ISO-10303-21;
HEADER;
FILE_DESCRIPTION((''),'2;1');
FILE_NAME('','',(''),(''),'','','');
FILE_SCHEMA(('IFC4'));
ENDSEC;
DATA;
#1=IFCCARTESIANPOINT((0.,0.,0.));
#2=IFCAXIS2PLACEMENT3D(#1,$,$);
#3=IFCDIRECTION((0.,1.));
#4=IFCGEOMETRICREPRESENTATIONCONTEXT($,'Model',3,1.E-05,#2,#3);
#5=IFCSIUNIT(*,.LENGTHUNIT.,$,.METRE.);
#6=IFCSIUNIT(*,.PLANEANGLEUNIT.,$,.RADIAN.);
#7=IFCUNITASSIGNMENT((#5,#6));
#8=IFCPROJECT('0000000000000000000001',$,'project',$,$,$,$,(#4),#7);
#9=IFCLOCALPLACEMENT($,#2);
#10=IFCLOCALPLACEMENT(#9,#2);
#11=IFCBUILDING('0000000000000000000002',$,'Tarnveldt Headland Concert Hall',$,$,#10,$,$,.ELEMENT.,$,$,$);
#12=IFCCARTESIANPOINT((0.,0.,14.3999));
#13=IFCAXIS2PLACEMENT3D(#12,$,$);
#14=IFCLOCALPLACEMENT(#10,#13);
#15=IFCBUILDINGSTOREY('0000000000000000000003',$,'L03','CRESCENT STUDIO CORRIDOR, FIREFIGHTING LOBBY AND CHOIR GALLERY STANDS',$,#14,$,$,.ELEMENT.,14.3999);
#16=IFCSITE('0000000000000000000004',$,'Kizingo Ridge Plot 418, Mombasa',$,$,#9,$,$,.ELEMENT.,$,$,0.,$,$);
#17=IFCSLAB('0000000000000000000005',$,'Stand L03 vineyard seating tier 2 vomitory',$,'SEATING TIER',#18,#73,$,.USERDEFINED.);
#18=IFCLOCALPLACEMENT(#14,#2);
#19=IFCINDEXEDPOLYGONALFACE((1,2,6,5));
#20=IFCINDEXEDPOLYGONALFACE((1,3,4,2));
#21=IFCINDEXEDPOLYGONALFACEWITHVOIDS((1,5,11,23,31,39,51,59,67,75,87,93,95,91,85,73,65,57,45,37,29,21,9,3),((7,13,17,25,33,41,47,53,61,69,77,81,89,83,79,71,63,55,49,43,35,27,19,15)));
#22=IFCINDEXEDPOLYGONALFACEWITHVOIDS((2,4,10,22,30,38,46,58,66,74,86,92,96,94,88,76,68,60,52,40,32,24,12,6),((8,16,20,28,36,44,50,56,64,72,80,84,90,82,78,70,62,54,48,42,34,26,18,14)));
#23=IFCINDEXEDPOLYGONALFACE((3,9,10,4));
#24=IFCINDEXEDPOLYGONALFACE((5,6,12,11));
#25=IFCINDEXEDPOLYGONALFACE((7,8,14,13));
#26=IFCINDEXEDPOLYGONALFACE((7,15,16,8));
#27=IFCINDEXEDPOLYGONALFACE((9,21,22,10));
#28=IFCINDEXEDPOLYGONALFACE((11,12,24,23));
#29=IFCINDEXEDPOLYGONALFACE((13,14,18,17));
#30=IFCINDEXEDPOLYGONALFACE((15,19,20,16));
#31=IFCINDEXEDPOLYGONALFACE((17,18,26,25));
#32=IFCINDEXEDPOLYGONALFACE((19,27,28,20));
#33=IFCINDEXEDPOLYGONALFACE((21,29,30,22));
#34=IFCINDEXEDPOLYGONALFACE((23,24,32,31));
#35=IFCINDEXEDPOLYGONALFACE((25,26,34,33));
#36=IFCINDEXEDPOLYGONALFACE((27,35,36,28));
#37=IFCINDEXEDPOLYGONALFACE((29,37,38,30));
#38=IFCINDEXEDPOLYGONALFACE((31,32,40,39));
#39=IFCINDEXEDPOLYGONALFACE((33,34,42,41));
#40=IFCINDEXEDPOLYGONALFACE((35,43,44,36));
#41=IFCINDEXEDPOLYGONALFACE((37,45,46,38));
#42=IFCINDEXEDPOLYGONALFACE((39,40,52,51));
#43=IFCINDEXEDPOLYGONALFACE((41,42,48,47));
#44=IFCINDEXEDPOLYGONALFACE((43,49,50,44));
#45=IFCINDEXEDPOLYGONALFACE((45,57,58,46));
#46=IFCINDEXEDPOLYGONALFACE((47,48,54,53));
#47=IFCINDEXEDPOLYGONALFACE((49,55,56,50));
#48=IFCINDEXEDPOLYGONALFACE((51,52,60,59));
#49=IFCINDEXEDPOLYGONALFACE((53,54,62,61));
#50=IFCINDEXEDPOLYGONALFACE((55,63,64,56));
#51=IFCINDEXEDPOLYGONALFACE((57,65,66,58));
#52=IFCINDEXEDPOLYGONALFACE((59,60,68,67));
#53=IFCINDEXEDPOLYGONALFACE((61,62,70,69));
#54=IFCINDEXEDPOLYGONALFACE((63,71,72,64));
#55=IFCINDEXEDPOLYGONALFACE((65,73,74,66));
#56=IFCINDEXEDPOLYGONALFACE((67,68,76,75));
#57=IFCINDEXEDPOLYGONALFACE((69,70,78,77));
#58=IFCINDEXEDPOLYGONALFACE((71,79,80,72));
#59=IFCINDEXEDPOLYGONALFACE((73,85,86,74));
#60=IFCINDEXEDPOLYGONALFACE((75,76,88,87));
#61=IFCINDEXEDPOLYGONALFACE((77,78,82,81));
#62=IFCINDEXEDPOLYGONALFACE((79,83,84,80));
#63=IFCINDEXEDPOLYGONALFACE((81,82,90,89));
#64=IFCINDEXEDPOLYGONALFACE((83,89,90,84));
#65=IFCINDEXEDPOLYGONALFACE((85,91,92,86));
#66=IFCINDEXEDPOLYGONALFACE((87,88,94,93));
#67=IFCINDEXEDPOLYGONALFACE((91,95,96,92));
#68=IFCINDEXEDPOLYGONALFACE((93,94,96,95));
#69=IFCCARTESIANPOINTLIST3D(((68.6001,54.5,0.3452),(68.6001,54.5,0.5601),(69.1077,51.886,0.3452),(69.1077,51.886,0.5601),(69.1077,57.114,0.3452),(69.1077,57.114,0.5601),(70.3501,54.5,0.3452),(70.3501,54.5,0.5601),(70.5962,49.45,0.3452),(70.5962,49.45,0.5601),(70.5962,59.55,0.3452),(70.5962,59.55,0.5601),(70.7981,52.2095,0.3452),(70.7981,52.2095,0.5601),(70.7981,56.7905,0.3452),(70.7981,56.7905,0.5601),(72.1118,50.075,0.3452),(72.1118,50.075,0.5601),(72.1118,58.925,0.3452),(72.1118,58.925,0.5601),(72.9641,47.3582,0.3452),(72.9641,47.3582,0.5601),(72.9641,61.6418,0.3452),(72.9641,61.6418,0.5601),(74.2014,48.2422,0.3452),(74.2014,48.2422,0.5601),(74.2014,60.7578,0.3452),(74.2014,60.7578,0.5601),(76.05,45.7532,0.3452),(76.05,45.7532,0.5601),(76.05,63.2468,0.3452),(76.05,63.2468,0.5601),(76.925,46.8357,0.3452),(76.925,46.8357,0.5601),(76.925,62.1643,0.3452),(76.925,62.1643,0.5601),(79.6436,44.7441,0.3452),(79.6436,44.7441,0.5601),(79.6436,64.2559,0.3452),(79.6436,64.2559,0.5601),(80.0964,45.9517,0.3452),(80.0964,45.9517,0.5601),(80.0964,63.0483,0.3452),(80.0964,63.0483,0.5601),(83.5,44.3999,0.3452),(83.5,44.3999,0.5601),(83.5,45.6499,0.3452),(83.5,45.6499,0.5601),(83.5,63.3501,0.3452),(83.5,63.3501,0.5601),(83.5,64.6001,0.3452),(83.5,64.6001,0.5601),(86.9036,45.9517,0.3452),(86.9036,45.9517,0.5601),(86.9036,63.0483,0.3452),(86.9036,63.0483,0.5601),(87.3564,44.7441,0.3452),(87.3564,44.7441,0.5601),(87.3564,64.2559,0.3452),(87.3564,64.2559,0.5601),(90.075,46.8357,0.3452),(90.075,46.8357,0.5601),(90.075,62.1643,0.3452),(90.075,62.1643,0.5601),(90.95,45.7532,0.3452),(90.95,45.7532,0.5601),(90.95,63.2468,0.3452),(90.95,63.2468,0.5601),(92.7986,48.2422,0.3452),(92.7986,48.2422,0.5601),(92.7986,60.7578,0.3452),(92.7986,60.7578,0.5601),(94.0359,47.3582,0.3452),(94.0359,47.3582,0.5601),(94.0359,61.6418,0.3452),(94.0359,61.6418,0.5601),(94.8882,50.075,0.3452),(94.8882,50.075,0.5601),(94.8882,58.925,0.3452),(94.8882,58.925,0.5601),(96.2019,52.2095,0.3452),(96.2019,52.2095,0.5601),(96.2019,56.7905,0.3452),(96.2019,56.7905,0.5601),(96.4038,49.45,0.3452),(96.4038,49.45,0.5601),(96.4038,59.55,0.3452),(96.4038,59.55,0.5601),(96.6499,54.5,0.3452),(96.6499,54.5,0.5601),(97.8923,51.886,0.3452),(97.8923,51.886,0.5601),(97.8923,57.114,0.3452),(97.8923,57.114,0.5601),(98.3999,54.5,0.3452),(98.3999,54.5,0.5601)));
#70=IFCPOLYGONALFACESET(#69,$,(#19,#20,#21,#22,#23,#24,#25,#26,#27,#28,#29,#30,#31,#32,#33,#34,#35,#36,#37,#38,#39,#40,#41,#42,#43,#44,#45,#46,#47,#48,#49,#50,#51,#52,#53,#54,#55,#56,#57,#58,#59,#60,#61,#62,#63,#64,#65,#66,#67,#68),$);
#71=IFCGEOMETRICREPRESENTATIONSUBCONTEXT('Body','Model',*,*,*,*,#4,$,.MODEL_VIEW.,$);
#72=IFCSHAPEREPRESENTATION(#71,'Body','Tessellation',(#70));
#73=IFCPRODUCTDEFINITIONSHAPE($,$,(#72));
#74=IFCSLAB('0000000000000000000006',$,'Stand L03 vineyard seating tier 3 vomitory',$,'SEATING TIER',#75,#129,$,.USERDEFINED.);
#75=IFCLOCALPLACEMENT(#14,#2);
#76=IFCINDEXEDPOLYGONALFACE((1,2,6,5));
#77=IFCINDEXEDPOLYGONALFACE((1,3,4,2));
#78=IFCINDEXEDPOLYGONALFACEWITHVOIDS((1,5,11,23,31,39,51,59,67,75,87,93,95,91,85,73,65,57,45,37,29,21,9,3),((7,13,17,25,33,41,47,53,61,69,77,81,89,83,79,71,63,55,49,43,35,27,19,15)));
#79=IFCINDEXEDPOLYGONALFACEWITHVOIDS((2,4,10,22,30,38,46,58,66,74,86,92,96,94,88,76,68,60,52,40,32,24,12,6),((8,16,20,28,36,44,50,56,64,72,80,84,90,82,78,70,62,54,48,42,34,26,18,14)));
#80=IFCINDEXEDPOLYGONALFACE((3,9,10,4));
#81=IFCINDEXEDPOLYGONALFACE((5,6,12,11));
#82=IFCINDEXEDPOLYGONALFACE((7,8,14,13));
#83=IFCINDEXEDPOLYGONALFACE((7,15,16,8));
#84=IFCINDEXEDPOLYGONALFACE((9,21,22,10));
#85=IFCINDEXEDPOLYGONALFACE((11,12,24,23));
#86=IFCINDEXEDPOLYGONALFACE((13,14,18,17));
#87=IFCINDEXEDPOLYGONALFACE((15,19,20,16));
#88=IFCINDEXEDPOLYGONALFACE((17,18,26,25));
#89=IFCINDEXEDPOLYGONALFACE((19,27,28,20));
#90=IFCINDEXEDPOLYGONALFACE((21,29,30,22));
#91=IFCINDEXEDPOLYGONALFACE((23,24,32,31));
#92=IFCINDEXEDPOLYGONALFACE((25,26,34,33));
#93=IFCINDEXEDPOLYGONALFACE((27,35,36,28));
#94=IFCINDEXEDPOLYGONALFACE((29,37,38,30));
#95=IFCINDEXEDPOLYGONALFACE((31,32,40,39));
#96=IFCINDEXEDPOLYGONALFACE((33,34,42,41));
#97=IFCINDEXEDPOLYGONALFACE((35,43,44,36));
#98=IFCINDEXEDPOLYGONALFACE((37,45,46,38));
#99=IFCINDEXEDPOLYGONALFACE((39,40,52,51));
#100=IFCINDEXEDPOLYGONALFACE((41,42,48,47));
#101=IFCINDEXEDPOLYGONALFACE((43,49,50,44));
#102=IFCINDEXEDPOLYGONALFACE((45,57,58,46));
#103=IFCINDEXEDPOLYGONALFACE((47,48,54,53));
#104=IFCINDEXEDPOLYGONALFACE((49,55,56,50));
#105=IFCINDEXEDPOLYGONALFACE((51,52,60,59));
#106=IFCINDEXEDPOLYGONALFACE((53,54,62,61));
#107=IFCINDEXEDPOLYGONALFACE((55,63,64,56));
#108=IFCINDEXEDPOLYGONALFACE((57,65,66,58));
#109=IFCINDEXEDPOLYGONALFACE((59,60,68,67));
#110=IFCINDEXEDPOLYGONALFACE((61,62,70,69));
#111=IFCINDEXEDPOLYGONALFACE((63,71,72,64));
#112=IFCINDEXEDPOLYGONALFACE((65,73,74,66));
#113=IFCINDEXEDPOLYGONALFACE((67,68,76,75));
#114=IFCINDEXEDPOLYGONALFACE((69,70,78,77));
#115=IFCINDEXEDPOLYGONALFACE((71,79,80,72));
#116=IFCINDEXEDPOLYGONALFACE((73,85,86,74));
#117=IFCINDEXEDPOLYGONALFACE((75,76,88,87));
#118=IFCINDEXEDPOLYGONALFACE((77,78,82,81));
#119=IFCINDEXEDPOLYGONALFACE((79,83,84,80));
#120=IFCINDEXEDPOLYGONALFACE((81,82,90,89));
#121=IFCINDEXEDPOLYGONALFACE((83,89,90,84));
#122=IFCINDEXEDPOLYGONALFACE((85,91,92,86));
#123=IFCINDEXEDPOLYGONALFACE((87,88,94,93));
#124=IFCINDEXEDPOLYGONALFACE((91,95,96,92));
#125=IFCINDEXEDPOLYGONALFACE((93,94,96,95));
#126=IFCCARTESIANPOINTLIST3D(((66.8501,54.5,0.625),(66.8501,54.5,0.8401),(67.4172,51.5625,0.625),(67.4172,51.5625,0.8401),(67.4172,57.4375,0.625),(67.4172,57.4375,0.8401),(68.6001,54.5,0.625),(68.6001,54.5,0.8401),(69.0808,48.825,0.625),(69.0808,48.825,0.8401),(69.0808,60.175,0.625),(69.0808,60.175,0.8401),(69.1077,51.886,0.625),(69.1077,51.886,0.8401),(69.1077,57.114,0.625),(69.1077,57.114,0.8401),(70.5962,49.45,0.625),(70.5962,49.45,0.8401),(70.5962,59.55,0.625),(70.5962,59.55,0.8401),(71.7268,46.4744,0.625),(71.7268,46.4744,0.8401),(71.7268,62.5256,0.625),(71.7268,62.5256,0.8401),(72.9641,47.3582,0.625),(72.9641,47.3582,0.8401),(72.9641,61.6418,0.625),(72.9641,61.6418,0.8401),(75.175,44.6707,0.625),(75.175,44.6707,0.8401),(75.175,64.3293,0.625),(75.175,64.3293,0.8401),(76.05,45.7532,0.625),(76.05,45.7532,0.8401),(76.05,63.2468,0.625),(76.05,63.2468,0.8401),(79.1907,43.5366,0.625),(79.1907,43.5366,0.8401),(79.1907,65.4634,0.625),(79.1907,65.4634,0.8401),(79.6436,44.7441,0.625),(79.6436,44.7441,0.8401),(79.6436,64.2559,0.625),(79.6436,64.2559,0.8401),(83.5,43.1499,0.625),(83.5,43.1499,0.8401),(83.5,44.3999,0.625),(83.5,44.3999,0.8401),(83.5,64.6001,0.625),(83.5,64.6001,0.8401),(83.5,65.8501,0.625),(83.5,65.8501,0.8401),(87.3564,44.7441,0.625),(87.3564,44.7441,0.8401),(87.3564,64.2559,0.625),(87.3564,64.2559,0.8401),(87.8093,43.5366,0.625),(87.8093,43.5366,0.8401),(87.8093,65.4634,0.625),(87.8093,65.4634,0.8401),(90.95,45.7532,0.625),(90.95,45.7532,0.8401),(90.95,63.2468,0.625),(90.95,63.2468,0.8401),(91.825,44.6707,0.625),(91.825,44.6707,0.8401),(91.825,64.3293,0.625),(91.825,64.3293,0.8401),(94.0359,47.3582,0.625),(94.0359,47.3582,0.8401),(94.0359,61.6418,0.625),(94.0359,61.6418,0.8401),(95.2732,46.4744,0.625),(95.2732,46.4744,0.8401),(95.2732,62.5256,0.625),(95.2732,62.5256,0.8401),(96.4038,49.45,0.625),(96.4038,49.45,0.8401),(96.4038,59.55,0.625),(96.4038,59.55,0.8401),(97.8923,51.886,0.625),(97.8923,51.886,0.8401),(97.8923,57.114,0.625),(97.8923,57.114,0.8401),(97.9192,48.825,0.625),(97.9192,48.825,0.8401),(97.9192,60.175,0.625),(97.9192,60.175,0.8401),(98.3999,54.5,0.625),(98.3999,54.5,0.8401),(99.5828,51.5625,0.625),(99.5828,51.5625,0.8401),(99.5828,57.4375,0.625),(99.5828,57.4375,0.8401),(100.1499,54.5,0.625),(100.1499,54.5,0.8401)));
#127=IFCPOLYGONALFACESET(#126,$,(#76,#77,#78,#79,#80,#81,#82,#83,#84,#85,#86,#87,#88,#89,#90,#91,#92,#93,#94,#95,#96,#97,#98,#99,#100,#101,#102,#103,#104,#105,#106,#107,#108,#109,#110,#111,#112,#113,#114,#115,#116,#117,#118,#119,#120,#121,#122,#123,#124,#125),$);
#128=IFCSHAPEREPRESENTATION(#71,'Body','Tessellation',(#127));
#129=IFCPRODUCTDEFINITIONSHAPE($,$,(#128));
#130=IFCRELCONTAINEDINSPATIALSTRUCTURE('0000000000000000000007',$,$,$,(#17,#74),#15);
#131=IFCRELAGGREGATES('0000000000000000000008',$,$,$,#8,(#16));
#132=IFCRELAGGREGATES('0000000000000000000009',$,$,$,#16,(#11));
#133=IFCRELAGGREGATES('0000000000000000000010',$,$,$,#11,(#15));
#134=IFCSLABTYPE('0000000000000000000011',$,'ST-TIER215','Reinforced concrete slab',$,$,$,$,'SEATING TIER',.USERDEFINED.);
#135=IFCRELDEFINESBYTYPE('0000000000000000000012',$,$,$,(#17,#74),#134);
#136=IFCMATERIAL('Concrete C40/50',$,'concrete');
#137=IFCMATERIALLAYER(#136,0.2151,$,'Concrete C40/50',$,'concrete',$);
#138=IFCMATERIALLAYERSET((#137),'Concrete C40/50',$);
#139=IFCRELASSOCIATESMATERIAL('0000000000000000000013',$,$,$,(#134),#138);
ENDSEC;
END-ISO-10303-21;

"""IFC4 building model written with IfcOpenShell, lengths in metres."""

from ifc_helpers import new_model, si_unit, direction, frame, origin, place, context, subcontext, project, spatial, polyline, outline, extrude, material, layer, layer_set, type_object, element, save


model = new_model("IFC4")

# Units and contexts
model_context = context("Model", 3, precision=1e-05, world=origin(), true_north=direction((0.0, 1.0)))
body_context = subcontext(model_context, "Body", "Model", "MODEL_VIEW")
ifc_project = project(units=[si_unit("LENGTHUNIT", "METRE"), si_unit("PLANEANGLEUNIT", "RADIAN")], contexts=[model_context])

# Site, building, storey
site_placement = place(None, origin())
site = spatial("IfcSite", under=ifc_project, at=site_placement, Name="Kizingo Ridge Plot 418, Mombasa", CompositionType="ELEMENT", RefElevation=0.0)
building_placement = place(site_placement, origin())
building = spatial("IfcBuilding", under=site, at=building_placement, Name="Tarnveldt Headland Concert Hall", CompositionType="ELEMENT")
storey_placement = place(building_placement, frame((0.0, 0.0, 14.3999)))
storey = spatial("IfcBuildingStorey", under=building, at=storey_placement, Name="L03", Description="CRESCENT STUDIO CORRIDOR, FIREFIGHTING LOBBY AND CHOIR GALLERY STANDS", CompositionType="ELEMENT", Elevation=14.3999)

# Shared definitions
ifc_material_1 = material(Name="Concrete C40/50", Category="concrete")

# Slabs
ifc_layer_1 = layer(ifc_material_1, 0.2151, Name="Concrete C40/50", Category="concrete")
ifc_layer_set_1 = layer_set([ifc_layer_1], Name="Concrete C40/50")
slab_type_1 = type_object("IfcSlabType", Name="ST-TIER215", Description="Reinforced concrete slab", ElementType="SEATING TIER", PredefinedType="USERDEFINED", material=ifc_layer_set_1)
slab_1_placement = place(storey_placement, frame((0.0, 0.0, 0.3452)))
element("IfcSlab", 1, at=slab_1_placement, inside=storey, type_object=slab_type_1, Name="Stand L03 vineyard seating tier 2 vomitory", ObjectType="SEATING TIER", PredefinedType="USERDEFINED", context=body_context, shape_type="SweptSolid", body=[
    extrude(outline(polyline([(98.3999, 54.5), (97.8923, 57.114), (96.4038, 59.55), (94.0359, 61.6418), (90.95, 63.2468), (87.3564, 64.2559), (83.5, 64.6001), (79.6436, 64.2559), (76.05, 63.2468), (72.9641, 61.6418), (70.5962, 59.55), (69.1077, 57.114), (68.6001, 54.5), (69.1077, 51.886), (70.5962, 49.45), (72.9641, 47.3582), (76.05, 45.7532), (79.6436, 44.7441), (83.5, 44.3999), (87.3564, 44.7441), (90.95, 45.7532), (94.0359, 47.3582), (96.4038, 49.45), (97.8923, 51.886), (98.3999, 54.5)]), holes=[polyline([(96.2019, 52.2095), (94.8882, 50.075), (92.7986, 48.2422), (90.075, 46.8357), (86.9036, 45.9517), (83.5, 45.6499), (80.0964, 45.9517), (76.925, 46.8357), (74.2014, 48.2422), (72.1118, 50.075), (70.7981, 52.2095), (70.3501, 54.5), (70.7981, 56.7905), (72.1118, 58.925), (74.2014, 60.7578), (76.925, 62.1643), (80.0964, 63.0483), (83.5, 63.3501), (86.9036, 63.0483), (90.075, 62.1643), (92.7986, 60.7578), (94.8882, 58.925), (96.2019, 56.7905), (96.6499, 54.5), (96.2019, 52.2095)])]), origin(), (0.0, 0.0, 1.0), 0.2148),
])
slab_2_placement = place(storey_placement, frame((0.0, 0.0, 0.625)))
element("IfcSlab", 2, at=slab_2_placement, inside=storey, type_object=slab_type_1, Name="Stand L03 vineyard seating tier 3 vomitory", ObjectType="SEATING TIER", PredefinedType="USERDEFINED", context=body_context, shape_type="SweptSolid", body=[
    extrude(outline(polyline([(100.1499, 54.5), (99.5828, 57.4375), (97.9192, 60.175), (95.2732, 62.5256), (91.825, 64.3293), (87.8093, 65.4634), (83.5, 65.8501), (79.1907, 65.4634), (75.175, 64.3293), (71.7268, 62.5256), (69.0808, 60.175), (67.4172, 57.4375), (66.8501, 54.5), (67.4172, 51.5625), (69.0808, 48.825), (71.7268, 46.4744), (75.175, 44.6707), (79.1907, 43.5366), (83.5, 43.1499), (87.8093, 43.5366), (91.825, 44.6707), (95.2732, 46.4744), (97.9192, 48.825), (99.5828, 51.5625), (100.1499, 54.5)]), holes=[polyline([(97.8923, 51.886), (96.4038, 49.45), (94.0359, 47.3582), (90.95, 45.7532), (87.3564, 44.7441), (83.5, 44.3999), (79.6436, 44.7441), (76.05, 45.7532), (72.9641, 47.3582), (70.5962, 49.45), (69.1077, 51.886), (68.6001, 54.5), (69.1077, 57.114), (70.5962, 59.55), (72.9641, 61.6418), (76.05, 63.2468), (79.6436, 64.2559), (83.5, 64.6001), (87.3564, 64.2559), (90.95, 63.2468), (94.0359, 61.6418), (96.4038, 59.55), (97.8923, 57.114), (98.3999, 54.5), (97.8923, 51.886)])]), origin(), (0.0, 0.0, 1.0), 0.2151),
])

save(model, "model.ifc")
